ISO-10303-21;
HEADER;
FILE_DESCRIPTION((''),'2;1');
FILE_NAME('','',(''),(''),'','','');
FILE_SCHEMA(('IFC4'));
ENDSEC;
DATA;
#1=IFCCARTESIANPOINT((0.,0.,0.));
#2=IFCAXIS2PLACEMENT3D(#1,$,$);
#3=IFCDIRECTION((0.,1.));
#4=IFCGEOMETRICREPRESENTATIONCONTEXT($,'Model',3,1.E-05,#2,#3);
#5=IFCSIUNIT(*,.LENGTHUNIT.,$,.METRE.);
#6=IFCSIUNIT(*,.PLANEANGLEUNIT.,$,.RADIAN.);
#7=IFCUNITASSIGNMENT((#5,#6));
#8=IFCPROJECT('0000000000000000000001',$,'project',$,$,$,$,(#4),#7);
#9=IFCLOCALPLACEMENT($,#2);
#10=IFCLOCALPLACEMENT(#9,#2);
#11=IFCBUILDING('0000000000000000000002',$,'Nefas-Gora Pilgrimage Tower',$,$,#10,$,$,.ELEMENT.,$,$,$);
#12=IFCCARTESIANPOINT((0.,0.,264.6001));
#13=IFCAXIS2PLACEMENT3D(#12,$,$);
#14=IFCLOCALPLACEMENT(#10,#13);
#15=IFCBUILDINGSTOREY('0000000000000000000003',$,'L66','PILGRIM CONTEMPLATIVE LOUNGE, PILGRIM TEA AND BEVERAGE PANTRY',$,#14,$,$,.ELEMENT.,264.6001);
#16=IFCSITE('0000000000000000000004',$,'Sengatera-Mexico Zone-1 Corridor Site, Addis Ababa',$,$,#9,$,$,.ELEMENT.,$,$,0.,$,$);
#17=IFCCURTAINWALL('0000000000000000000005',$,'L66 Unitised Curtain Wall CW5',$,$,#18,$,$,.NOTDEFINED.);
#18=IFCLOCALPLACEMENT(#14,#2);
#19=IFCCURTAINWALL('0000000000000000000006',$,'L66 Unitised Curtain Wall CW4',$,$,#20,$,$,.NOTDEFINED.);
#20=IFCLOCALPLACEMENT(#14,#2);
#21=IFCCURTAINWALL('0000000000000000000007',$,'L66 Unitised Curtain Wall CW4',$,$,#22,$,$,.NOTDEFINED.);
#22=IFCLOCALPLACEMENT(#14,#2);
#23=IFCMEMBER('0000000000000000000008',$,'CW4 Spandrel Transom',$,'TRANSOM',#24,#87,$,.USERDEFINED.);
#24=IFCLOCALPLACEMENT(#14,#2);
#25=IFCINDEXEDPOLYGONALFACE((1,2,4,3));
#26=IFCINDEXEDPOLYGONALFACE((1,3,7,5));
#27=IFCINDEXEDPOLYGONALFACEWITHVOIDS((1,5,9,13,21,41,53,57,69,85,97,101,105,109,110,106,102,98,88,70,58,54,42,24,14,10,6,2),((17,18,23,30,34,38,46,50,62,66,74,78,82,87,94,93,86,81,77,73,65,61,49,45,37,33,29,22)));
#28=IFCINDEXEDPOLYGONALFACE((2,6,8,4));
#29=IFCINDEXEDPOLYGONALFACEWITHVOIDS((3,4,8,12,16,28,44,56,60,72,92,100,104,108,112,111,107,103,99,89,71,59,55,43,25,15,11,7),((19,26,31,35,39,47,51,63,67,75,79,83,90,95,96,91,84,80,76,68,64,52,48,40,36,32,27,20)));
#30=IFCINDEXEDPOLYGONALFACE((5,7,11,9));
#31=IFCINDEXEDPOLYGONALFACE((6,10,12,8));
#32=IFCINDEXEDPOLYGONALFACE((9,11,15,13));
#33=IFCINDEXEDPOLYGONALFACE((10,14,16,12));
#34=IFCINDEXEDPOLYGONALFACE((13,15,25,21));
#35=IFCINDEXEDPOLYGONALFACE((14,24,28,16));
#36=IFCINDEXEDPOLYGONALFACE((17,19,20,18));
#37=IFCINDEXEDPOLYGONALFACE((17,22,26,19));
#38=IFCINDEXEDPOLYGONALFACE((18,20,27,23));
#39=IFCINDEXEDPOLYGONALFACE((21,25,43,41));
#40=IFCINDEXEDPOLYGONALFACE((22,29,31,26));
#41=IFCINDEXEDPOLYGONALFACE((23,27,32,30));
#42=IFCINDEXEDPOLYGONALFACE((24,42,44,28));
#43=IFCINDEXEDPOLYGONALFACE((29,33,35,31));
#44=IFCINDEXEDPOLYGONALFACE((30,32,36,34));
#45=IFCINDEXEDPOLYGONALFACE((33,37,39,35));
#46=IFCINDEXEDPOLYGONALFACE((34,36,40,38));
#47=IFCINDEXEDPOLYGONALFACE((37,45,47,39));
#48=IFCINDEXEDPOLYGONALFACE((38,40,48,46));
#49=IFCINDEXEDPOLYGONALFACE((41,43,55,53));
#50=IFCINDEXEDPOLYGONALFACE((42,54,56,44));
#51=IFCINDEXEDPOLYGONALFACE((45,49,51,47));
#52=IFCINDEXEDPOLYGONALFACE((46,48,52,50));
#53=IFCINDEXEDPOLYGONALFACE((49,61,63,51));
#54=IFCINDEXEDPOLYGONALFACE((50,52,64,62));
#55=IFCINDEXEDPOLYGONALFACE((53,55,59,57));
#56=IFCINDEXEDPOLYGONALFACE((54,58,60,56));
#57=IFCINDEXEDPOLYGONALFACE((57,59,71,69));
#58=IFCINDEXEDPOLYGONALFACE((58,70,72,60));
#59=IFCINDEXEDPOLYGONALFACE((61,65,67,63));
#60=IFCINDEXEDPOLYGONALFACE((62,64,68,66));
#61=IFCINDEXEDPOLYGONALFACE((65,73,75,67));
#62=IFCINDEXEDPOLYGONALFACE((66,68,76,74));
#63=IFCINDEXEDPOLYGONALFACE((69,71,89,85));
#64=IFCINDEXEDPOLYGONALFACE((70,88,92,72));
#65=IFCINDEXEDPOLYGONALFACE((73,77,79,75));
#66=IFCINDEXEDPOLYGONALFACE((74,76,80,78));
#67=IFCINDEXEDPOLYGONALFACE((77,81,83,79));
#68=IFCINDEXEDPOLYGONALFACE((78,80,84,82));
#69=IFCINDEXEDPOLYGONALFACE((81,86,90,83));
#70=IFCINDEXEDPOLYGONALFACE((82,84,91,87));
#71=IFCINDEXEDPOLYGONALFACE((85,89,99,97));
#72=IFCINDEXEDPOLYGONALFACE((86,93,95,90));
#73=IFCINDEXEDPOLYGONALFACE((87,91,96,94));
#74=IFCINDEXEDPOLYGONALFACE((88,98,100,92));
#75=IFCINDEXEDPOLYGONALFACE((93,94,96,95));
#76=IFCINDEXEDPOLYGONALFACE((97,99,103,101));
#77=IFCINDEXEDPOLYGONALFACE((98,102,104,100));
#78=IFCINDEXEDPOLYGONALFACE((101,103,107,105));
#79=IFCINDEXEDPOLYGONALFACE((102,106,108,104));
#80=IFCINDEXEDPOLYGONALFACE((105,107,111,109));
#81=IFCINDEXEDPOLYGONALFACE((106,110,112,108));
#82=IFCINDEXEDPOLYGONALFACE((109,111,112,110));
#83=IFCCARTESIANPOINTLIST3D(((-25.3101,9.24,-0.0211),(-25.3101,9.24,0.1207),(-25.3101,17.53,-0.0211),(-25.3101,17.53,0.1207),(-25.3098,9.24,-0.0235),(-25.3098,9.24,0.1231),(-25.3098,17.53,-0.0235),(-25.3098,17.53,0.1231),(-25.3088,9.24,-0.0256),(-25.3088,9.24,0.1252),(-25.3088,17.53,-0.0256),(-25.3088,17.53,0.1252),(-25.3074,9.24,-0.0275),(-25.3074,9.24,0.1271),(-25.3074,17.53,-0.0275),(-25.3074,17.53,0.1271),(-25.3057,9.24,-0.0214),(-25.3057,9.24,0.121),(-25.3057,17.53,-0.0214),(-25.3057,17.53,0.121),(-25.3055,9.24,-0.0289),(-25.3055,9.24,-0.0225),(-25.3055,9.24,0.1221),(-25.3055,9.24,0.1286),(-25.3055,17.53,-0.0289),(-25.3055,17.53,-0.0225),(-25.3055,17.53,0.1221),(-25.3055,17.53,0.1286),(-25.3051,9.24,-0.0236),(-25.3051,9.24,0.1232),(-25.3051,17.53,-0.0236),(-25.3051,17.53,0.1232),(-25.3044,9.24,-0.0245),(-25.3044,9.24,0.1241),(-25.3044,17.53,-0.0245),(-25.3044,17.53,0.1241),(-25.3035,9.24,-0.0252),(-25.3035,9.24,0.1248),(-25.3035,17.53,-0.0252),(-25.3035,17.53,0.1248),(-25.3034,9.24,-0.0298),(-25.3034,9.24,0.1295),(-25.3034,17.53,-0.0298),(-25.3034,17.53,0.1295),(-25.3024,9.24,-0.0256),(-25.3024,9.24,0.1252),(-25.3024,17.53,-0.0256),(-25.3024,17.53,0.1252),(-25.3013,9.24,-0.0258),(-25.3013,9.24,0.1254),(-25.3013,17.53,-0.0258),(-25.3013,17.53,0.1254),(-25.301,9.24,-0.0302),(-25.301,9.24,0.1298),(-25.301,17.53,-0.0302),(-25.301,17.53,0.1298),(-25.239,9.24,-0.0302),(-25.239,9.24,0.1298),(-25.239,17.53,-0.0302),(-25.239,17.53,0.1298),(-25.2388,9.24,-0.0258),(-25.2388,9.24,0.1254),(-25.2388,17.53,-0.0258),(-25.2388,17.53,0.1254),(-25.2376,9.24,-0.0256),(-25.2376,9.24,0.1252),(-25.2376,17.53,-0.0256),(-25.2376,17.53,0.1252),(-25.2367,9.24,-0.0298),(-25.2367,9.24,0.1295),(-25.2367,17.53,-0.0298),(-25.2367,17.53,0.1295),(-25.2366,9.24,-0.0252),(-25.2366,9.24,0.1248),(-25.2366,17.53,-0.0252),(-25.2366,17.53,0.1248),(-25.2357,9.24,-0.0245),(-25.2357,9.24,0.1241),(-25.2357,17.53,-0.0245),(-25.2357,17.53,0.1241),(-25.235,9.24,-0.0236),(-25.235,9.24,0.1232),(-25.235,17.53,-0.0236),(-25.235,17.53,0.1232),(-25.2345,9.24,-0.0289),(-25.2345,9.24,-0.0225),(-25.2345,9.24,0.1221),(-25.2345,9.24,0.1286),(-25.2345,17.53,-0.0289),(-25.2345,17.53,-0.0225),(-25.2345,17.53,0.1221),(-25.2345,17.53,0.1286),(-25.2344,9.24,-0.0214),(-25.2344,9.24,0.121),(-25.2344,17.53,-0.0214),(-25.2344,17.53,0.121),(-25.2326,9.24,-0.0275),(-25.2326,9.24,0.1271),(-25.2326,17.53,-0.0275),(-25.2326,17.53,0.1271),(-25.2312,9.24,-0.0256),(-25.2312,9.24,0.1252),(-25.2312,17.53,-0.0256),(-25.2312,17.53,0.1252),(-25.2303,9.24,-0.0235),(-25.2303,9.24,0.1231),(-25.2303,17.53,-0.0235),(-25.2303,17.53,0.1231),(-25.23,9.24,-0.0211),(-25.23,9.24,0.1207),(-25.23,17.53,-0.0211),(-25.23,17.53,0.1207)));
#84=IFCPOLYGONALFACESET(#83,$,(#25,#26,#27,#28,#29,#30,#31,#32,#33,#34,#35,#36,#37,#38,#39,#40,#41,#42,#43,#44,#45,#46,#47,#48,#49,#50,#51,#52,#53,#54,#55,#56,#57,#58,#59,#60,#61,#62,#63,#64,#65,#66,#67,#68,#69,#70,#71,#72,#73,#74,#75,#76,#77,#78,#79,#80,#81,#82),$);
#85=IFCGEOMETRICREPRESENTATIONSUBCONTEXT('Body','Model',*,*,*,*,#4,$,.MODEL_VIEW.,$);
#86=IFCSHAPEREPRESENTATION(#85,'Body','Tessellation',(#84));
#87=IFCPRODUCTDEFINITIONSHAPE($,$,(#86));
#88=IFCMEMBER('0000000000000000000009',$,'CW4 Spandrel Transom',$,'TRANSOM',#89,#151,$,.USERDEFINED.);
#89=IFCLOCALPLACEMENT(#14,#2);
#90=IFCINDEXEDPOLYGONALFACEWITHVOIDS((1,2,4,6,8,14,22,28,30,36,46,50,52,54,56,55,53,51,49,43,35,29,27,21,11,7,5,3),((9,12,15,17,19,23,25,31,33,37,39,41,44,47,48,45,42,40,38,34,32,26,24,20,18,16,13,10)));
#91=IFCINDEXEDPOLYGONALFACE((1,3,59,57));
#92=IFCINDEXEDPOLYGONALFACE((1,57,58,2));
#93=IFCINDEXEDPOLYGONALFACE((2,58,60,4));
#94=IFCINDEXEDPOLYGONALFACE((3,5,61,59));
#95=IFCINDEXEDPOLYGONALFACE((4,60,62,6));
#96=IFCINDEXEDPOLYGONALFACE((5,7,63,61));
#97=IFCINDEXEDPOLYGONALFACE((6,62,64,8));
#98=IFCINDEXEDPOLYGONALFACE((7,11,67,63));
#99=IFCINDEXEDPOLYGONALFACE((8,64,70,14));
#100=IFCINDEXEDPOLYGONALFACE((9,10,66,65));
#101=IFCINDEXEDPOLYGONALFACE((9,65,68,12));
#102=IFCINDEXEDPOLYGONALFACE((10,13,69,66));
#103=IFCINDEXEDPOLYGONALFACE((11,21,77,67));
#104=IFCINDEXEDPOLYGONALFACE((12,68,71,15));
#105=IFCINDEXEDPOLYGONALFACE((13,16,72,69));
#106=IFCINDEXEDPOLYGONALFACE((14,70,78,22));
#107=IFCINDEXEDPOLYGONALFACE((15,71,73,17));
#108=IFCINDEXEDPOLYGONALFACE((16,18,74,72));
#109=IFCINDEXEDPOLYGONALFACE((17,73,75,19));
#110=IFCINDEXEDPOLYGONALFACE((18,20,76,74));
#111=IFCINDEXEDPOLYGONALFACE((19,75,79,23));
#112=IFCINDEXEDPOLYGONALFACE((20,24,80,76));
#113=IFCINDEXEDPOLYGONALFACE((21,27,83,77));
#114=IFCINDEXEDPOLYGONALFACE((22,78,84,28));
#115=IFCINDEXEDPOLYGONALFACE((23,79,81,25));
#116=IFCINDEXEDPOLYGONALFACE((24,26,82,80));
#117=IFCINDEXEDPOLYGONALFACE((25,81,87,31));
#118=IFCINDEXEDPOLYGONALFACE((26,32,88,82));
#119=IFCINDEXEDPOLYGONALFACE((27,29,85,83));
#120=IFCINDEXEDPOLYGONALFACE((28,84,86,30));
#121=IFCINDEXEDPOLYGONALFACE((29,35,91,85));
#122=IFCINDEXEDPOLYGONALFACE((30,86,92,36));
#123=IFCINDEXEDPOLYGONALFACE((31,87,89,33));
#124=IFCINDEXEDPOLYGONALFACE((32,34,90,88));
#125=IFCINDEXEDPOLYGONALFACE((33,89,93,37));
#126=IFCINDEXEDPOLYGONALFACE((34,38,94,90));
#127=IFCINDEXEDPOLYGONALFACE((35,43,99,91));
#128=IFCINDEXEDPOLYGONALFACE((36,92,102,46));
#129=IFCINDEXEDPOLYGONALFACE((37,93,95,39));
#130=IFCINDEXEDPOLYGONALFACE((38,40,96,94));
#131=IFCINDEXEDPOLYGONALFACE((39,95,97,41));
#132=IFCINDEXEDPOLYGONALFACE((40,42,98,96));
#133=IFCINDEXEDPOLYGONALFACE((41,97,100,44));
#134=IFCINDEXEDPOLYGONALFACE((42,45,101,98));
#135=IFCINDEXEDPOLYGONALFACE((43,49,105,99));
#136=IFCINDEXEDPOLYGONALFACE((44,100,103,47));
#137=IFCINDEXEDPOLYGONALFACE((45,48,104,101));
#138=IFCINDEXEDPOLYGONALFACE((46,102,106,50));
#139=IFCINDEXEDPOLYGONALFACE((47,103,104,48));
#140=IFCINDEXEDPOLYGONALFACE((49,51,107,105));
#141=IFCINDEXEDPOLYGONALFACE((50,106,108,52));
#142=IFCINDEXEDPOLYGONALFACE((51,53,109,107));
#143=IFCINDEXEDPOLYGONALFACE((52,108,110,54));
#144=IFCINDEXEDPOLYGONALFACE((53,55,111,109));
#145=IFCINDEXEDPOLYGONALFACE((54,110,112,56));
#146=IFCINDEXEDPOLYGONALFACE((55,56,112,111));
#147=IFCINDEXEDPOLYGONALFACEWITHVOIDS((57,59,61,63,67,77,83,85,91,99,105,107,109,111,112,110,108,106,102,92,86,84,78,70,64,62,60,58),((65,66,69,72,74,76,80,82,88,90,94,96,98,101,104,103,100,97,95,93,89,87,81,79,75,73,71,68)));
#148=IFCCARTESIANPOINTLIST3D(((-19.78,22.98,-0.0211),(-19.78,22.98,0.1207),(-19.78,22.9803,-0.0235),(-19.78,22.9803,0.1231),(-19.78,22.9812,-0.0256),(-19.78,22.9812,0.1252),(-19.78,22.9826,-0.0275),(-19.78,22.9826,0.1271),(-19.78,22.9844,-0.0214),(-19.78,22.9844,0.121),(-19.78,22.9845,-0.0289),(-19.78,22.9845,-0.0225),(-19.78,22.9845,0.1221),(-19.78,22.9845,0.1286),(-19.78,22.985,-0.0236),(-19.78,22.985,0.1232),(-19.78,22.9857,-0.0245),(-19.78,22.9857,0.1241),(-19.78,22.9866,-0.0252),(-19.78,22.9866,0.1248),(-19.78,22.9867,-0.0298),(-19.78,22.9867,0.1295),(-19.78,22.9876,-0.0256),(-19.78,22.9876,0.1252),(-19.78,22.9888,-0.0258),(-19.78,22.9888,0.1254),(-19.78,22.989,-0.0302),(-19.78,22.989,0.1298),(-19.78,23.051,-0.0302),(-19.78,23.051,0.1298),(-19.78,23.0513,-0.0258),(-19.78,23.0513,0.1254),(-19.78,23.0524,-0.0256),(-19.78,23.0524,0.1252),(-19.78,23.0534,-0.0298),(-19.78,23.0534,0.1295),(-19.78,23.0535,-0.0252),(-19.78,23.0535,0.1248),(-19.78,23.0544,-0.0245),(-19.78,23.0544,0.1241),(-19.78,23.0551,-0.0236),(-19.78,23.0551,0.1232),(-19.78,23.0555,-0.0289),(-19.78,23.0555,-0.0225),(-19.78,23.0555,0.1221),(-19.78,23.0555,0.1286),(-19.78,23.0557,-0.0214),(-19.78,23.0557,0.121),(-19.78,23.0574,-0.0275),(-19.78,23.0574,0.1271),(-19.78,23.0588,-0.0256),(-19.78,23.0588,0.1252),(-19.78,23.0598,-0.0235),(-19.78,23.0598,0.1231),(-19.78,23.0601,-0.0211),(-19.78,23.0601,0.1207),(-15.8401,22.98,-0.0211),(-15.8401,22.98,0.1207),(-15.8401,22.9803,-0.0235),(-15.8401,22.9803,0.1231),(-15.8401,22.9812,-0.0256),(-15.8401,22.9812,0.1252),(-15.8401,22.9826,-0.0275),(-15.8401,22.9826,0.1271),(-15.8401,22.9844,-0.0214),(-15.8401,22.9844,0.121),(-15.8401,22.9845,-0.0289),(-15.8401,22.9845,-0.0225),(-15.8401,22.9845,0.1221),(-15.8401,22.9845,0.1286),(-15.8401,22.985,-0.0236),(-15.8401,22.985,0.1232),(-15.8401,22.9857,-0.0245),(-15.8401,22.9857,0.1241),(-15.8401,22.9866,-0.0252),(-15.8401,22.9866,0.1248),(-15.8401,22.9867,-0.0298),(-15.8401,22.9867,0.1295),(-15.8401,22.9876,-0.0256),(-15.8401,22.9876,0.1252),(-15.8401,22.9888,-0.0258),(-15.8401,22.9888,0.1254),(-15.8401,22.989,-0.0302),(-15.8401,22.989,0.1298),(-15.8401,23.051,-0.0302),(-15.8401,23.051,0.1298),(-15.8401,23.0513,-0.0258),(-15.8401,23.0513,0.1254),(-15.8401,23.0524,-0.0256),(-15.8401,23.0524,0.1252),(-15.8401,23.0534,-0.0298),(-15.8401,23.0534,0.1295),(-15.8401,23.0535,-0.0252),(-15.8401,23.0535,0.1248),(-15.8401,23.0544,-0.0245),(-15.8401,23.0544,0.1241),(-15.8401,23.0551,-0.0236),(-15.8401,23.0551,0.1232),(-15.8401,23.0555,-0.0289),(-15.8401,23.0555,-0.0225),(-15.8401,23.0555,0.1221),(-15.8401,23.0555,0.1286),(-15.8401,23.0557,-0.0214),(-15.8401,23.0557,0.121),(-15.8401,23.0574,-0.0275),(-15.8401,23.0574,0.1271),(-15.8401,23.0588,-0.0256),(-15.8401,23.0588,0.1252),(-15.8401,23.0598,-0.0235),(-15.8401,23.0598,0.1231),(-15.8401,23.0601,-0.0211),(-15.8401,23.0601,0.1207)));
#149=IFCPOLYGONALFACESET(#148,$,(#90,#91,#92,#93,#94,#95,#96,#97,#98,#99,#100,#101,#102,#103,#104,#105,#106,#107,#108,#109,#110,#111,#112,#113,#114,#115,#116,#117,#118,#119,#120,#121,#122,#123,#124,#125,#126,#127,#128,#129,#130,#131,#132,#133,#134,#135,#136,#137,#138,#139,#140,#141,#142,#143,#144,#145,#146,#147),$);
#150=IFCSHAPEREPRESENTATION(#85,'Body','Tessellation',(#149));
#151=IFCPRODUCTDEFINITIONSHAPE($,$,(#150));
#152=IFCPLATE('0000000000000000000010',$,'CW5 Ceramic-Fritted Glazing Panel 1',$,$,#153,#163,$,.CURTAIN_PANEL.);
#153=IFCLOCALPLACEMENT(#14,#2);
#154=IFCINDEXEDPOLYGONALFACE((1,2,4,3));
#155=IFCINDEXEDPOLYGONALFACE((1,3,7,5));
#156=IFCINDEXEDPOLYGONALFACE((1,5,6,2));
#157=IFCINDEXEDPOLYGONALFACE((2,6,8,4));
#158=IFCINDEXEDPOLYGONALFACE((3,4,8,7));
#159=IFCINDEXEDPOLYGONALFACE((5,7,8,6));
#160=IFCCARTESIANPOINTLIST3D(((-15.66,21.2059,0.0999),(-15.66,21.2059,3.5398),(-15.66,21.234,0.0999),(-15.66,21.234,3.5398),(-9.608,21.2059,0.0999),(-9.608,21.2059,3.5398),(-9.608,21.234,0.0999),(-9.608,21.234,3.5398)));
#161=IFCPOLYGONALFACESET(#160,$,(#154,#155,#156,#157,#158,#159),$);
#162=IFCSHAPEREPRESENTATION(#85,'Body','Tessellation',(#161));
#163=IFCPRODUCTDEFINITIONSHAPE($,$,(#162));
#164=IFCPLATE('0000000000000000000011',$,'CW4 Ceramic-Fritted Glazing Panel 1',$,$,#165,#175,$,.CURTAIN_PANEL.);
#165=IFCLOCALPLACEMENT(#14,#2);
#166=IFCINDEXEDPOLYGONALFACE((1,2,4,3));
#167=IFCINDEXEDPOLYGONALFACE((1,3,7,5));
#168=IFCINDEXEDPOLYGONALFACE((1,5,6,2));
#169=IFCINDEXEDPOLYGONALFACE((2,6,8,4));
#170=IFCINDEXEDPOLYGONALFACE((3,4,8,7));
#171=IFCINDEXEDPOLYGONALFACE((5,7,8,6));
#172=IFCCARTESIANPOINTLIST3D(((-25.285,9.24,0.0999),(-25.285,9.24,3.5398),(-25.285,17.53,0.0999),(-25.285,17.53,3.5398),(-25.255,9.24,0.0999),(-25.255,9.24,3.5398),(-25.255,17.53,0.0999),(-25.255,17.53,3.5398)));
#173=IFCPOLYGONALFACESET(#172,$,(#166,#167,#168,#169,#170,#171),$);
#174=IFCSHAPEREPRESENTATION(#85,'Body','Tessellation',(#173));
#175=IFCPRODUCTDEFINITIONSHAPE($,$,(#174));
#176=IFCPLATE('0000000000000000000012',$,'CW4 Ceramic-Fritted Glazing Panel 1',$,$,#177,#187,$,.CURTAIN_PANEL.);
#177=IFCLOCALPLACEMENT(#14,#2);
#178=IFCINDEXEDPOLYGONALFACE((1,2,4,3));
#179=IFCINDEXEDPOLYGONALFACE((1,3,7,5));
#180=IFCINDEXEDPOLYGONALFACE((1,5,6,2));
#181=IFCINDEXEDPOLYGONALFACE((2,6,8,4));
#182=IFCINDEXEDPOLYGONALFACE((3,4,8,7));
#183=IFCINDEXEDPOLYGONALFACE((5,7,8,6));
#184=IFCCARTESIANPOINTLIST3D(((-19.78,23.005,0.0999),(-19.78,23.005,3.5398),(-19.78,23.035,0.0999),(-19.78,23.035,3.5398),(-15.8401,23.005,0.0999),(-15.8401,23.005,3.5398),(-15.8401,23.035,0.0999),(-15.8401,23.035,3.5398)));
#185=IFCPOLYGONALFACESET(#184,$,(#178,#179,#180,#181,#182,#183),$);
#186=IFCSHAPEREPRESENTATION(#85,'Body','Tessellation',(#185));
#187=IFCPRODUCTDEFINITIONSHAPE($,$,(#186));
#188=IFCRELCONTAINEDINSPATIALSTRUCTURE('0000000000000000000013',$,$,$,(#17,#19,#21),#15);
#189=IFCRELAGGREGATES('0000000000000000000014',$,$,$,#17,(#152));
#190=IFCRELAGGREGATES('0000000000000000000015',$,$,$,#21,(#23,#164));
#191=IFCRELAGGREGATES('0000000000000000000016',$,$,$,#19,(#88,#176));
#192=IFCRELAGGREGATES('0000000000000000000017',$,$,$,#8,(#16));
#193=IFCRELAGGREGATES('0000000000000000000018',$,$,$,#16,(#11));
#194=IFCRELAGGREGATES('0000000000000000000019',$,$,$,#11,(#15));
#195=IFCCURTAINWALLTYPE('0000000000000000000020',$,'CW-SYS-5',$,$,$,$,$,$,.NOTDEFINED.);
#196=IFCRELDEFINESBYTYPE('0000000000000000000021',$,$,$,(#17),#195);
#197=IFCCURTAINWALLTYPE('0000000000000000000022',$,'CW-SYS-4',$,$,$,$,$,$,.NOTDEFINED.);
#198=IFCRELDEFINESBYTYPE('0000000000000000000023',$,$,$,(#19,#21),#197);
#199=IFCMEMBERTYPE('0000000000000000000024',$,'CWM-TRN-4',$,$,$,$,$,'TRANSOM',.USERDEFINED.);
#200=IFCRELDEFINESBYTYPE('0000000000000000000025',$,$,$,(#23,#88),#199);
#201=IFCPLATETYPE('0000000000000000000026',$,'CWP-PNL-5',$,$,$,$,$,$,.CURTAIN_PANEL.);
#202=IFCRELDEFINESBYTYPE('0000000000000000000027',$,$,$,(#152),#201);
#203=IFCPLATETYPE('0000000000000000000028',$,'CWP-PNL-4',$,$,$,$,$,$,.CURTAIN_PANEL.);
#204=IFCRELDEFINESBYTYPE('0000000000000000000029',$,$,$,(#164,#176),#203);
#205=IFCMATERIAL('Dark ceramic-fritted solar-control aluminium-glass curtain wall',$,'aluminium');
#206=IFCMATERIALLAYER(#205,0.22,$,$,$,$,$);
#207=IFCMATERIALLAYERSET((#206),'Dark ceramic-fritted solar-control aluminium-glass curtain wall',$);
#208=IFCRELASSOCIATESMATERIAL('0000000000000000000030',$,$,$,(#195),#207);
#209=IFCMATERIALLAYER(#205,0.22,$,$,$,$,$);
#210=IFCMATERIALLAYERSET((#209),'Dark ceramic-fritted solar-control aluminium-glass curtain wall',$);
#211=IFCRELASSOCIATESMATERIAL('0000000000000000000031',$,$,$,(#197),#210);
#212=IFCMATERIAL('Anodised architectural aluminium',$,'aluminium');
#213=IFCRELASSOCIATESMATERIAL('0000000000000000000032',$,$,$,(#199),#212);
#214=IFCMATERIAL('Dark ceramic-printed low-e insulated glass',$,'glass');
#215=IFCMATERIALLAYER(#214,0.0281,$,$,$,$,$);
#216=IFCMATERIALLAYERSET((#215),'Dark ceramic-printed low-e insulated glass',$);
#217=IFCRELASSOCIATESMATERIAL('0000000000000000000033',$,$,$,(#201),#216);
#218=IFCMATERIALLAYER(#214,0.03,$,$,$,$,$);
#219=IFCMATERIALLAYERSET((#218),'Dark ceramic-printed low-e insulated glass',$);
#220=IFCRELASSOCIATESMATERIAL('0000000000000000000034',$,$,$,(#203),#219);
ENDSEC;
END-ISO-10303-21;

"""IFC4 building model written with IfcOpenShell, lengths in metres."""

from ifc_helpers import new_model, si_unit, direction, frame, origin, origin_2d, place, context, subcontext, project, spatial, rectangle, hollow_rectangle, extrude, source, transform, mapped, material, layer, layer_set, material_profile, profile_set, type_object, element, aggregate, save


model = new_model("IFC4")

# Units and contexts
model_context = context("Model", 3, precision=1e-05, world=origin(), true_north=direction((0.0, 1.0)))
body_context = subcontext(model_context, "Body", "Model", "MODEL_VIEW")
ifc_project = project(units=[si_unit("LENGTHUNIT", "METRE"), si_unit("PLANEANGLEUNIT", "RADIAN")], contexts=[model_context])

# Site, building, storey
site_placement = place(None, origin())
site = spatial("IfcSite", under=ifc_project, at=site_placement, Name="Sengatera-Mexico Zone-1 Corridor Site, Addis Ababa", CompositionType="ELEMENT", RefElevation=0.0)
building_placement = place(site_placement, origin())
building = spatial("IfcBuilding", under=site, at=building_placement, Name="Nefas-Gora Pilgrimage Tower", CompositionType="ELEMENT")
storey_placement = place(building_placement, frame((0.0, 0.0, 264.6001)))
storey = spatial("IfcBuildingStorey", under=building, at=storey_placement, Name="L66", Description="PILGRIM CONTEMPLATIVE LOUNGE, PILGRIM TEA AND BEVERAGE PANTRY", CompositionType="ELEMENT", Elevation=264.6001)

# Curtain walls, member
ifc_material_1 = material(Name="Dark ceramic-fritted solar-control aluminium-glass curtain wall", Category="aluminium")
ifc_layer_1 = layer(ifc_material_1, 0.22)
ifc_layer_set_1 = layer_set([ifc_layer_1], Name="Dark ceramic-fritted solar-control aluminium-glass curtain wall")
curtain_wall_type_1 = type_object("IfcCurtainWallType", Name="CW-SYS-5", PredefinedType="NOTDEFINED", material=ifc_layer_set_1)
curtain_wall_1_placement = place(storey_placement, origin())
curtain_wall_1 = element("IfcCurtainWall", 1, at=curtain_wall_1_placement, inside=storey, type_object=curtain_wall_type_1, Name="L66 Unitised Curtain Wall CW5", PredefinedType="NOTDEFINED")
ifc_material_2 = material(Name="Anodised architectural aluminium", Category="aluminium")
ifc_layer_2 = layer(ifc_material_1, 0.22)
ifc_layer_set_2 = layer_set([ifc_layer_2], Name="Dark ceramic-fritted solar-control aluminium-glass curtain wall")
curtain_wall_type_2 = type_object("IfcCurtainWallType", Name="CW-SYS-4", PredefinedType="NOTDEFINED", material=ifc_layer_set_2)
curtain_wall_2_placement = place(storey_placement, origin())
curtain_wall_2 = element("IfcCurtainWall", 2, at=curtain_wall_2_placement, inside=storey, type_object=curtain_wall_type_2, Name="L66 Unitised Curtain Wall CW4", PredefinedType="NOTDEFINED")
curtain_wall_3_placement = place(storey_placement, origin())
curtain_wall_3 = element("IfcCurtainWall", 3, at=curtain_wall_3_placement, inside=storey, type_object=curtain_wall_type_2, Name="L66 Unitised Curtain Wall CW4", PredefinedType="NOTDEFINED")
ifc_material_profile_1 = material_profile(ifc_material_2, hollow_rectangle(XDim=0.0801, YDim=0.1599, WallThickness=0.0044, InnerFilletRadius=0.0044, OuterFilletRadius=0.009, at=origin_2d()), Name="ALU TRANSOM 80x160")
ifc_profile_set_1 = profile_set([ifc_material_profile_1], Name="Anodised architectural aluminium")
member_type_1 = type_object("IfcMemberType", Name="CWM-TRN-4", ElementType="TRANSOM", PredefinedType="USERDEFINED", material=ifc_profile_set_1)
shared_shape_1 = source(origin(), body_context, "Body", "SweptSolid", [
    extrude(hollow_rectangle(XDim=0.0801, YDim=0.1599, WallThickness=0.0044, InnerFilletRadius=0.0044, OuterFilletRadius=0.009, at=origin_2d()), origin(), (0.0, 0.0, 1.0), 8.29),
])
member_1_placement = place(storey_placement, frame((-25.27, 17.53, 0.0498), z_axis=(0.0, -1.0, 0.0), x_axis=(1.0, 0.0, 0.0)))
member_1 = element("IfcMember", 4, at=member_1_placement, type_object=member_type_1, Name="CW4 Spandrel Transom", ObjectType="TRANSOM", PredefinedType="USERDEFINED", context=body_context, shape_type="MappedRepresentation", body=[
    mapped(shared_shape_1, transform((0.0, 0.0, 0.0), x_axis=(1.0, 0.0, 0.0), y_axis=(0.0, 1.0, 0.0), z_axis=(0.0, 0.0, 1.0), scale=1.0)),
])

# Member
shared_shape_2 = source(origin(), body_context, "Body", "SweptSolid", [
    extrude(hollow_rectangle(XDim=0.0801, YDim=0.1599, WallThickness=0.0044, InnerFilletRadius=0.0044, OuterFilletRadius=0.009, at=origin_2d()), origin(), (0.0, 0.0, 1.0), 3.9399),
])
member_2_placement = place(storey_placement, frame((-15.8401, 23.02, 0.0498), z_axis=(-1.0, 0.0, 0.0), x_axis=(0.0, -1.0, 0.0)))
member_2 = element("IfcMember", 5, at=member_2_placement, type_object=member_type_1, Name="CW4 Spandrel Transom", ObjectType="TRANSOM", PredefinedType="USERDEFINED", context=body_context, shape_type="MappedRepresentation", body=[
    mapped(shared_shape_2, transform((0.0, 0.0, 0.0), x_axis=(1.0, 0.0, 0.0), y_axis=(0.0, 1.0, 0.0), z_axis=(0.0, 0.0, 1.0), scale=1.0)),
])

# Plates
ifc_material_3 = material(Name="Dark ceramic-printed low-e insulated glass", Category="glass")
ifc_layer_3 = layer(ifc_material_3, 0.0281)
ifc_layer_set_3 = layer_set([ifc_layer_3], Name="Dark ceramic-printed low-e insulated glass")
plate_type_1 = type_object("IfcPlateType", Name="CWP-PNL-5", PredefinedType="CURTAIN_PANEL", material=ifc_layer_set_3)
shared_shape_3 = source(origin(), body_context, "Body", "SweptSolid", [
    extrude(rectangle(XDim=6.052, YDim=0.0281, at=origin_2d()), origin(), (0.0, 0.0, 1.0), 3.4399),
])
plate_1_placement = place(storey_placement, frame((-12.634, 21.22, 0.0999), z_axis=(0.0, 0.0, 1.0), x_axis=(-1.0, 0.0, 0.0)))
plate_1 = element("IfcPlate", 6, at=plate_1_placement, type_object=plate_type_1, Name="CW5 Ceramic-Fritted Glazing Panel 1", PredefinedType="CURTAIN_PANEL", context=body_context, shape_type="MappedRepresentation", body=[
    mapped(shared_shape_3, transform((0.0, 0.0, 0.0), x_axis=(1.0, 0.0, 0.0), y_axis=(0.0, 1.0, 0.0), z_axis=(0.0, 0.0, 1.0), scale=1.0)),
])
aggregate(curtain_wall_1, [plate_1])
ifc_layer_4 = layer(ifc_material_3, 0.03)
ifc_layer_set_4 = layer_set([ifc_layer_4], Name="Dark ceramic-printed low-e insulated glass")
plate_type_2 = type_object("IfcPlateType", Name="CWP-PNL-4", PredefinedType="CURTAIN_PANEL", material=ifc_layer_set_4)
shared_shape_4 = source(origin(), body_context, "Body", "SweptSolid", [
    extrude(rectangle(XDim=8.29, YDim=0.03, at=origin_2d()), origin(), (0.0, 0.0, 1.0), 3.4399),
])
plate_2_placement = place(storey_placement, frame((-25.27, 13.385, 0.0999), z_axis=(0.0, 0.0, 1.0), x_axis=(0.0, -1.0, 0.0)))
plate_2 = element("IfcPlate", 7, at=plate_2_placement, type_object=plate_type_2, Name="CW4 Ceramic-Fritted Glazing Panel 1", PredefinedType="CURTAIN_PANEL", context=body_context, shape_type="MappedRepresentation", body=[
    mapped(shared_shape_4, transform((0.0, 0.0, 0.0), x_axis=(1.0, 0.0, 0.0), y_axis=(0.0, 1.0, 0.0), z_axis=(0.0, 0.0, 1.0), scale=1.0)),
])
aggregate(curtain_wall_3, [member_1, plate_2])
shared_shape_5 = source(origin(), body_context, "Body", "SweptSolid", [
    extrude(rectangle(XDim=3.9399, YDim=0.03, at=origin_2d()), origin(), (0.0, 0.0, 1.0), 3.4399),
])
plate_3_placement = place(storey_placement, frame((-17.8101, 23.02, 0.0999), z_axis=(0.0, 0.0, 1.0), x_axis=(-1.0, 0.0, 0.0)))
plate_3 = element("IfcPlate", 8, at=plate_3_placement, type_object=plate_type_2, Name="CW4 Ceramic-Fritted Glazing Panel 1", PredefinedType="CURTAIN_PANEL", context=body_context, shape_type="MappedRepresentation", body=[
    mapped(shared_shape_5, transform((0.0, 0.0, 0.0), x_axis=(1.0, 0.0, 0.0), y_axis=(0.0, 1.0, 0.0), z_axis=(0.0, 0.0, 1.0), scale=1.0)),
])
aggregate(curtain_wall_2, [member_2, plate_3])

save(model, "model.ifc")
